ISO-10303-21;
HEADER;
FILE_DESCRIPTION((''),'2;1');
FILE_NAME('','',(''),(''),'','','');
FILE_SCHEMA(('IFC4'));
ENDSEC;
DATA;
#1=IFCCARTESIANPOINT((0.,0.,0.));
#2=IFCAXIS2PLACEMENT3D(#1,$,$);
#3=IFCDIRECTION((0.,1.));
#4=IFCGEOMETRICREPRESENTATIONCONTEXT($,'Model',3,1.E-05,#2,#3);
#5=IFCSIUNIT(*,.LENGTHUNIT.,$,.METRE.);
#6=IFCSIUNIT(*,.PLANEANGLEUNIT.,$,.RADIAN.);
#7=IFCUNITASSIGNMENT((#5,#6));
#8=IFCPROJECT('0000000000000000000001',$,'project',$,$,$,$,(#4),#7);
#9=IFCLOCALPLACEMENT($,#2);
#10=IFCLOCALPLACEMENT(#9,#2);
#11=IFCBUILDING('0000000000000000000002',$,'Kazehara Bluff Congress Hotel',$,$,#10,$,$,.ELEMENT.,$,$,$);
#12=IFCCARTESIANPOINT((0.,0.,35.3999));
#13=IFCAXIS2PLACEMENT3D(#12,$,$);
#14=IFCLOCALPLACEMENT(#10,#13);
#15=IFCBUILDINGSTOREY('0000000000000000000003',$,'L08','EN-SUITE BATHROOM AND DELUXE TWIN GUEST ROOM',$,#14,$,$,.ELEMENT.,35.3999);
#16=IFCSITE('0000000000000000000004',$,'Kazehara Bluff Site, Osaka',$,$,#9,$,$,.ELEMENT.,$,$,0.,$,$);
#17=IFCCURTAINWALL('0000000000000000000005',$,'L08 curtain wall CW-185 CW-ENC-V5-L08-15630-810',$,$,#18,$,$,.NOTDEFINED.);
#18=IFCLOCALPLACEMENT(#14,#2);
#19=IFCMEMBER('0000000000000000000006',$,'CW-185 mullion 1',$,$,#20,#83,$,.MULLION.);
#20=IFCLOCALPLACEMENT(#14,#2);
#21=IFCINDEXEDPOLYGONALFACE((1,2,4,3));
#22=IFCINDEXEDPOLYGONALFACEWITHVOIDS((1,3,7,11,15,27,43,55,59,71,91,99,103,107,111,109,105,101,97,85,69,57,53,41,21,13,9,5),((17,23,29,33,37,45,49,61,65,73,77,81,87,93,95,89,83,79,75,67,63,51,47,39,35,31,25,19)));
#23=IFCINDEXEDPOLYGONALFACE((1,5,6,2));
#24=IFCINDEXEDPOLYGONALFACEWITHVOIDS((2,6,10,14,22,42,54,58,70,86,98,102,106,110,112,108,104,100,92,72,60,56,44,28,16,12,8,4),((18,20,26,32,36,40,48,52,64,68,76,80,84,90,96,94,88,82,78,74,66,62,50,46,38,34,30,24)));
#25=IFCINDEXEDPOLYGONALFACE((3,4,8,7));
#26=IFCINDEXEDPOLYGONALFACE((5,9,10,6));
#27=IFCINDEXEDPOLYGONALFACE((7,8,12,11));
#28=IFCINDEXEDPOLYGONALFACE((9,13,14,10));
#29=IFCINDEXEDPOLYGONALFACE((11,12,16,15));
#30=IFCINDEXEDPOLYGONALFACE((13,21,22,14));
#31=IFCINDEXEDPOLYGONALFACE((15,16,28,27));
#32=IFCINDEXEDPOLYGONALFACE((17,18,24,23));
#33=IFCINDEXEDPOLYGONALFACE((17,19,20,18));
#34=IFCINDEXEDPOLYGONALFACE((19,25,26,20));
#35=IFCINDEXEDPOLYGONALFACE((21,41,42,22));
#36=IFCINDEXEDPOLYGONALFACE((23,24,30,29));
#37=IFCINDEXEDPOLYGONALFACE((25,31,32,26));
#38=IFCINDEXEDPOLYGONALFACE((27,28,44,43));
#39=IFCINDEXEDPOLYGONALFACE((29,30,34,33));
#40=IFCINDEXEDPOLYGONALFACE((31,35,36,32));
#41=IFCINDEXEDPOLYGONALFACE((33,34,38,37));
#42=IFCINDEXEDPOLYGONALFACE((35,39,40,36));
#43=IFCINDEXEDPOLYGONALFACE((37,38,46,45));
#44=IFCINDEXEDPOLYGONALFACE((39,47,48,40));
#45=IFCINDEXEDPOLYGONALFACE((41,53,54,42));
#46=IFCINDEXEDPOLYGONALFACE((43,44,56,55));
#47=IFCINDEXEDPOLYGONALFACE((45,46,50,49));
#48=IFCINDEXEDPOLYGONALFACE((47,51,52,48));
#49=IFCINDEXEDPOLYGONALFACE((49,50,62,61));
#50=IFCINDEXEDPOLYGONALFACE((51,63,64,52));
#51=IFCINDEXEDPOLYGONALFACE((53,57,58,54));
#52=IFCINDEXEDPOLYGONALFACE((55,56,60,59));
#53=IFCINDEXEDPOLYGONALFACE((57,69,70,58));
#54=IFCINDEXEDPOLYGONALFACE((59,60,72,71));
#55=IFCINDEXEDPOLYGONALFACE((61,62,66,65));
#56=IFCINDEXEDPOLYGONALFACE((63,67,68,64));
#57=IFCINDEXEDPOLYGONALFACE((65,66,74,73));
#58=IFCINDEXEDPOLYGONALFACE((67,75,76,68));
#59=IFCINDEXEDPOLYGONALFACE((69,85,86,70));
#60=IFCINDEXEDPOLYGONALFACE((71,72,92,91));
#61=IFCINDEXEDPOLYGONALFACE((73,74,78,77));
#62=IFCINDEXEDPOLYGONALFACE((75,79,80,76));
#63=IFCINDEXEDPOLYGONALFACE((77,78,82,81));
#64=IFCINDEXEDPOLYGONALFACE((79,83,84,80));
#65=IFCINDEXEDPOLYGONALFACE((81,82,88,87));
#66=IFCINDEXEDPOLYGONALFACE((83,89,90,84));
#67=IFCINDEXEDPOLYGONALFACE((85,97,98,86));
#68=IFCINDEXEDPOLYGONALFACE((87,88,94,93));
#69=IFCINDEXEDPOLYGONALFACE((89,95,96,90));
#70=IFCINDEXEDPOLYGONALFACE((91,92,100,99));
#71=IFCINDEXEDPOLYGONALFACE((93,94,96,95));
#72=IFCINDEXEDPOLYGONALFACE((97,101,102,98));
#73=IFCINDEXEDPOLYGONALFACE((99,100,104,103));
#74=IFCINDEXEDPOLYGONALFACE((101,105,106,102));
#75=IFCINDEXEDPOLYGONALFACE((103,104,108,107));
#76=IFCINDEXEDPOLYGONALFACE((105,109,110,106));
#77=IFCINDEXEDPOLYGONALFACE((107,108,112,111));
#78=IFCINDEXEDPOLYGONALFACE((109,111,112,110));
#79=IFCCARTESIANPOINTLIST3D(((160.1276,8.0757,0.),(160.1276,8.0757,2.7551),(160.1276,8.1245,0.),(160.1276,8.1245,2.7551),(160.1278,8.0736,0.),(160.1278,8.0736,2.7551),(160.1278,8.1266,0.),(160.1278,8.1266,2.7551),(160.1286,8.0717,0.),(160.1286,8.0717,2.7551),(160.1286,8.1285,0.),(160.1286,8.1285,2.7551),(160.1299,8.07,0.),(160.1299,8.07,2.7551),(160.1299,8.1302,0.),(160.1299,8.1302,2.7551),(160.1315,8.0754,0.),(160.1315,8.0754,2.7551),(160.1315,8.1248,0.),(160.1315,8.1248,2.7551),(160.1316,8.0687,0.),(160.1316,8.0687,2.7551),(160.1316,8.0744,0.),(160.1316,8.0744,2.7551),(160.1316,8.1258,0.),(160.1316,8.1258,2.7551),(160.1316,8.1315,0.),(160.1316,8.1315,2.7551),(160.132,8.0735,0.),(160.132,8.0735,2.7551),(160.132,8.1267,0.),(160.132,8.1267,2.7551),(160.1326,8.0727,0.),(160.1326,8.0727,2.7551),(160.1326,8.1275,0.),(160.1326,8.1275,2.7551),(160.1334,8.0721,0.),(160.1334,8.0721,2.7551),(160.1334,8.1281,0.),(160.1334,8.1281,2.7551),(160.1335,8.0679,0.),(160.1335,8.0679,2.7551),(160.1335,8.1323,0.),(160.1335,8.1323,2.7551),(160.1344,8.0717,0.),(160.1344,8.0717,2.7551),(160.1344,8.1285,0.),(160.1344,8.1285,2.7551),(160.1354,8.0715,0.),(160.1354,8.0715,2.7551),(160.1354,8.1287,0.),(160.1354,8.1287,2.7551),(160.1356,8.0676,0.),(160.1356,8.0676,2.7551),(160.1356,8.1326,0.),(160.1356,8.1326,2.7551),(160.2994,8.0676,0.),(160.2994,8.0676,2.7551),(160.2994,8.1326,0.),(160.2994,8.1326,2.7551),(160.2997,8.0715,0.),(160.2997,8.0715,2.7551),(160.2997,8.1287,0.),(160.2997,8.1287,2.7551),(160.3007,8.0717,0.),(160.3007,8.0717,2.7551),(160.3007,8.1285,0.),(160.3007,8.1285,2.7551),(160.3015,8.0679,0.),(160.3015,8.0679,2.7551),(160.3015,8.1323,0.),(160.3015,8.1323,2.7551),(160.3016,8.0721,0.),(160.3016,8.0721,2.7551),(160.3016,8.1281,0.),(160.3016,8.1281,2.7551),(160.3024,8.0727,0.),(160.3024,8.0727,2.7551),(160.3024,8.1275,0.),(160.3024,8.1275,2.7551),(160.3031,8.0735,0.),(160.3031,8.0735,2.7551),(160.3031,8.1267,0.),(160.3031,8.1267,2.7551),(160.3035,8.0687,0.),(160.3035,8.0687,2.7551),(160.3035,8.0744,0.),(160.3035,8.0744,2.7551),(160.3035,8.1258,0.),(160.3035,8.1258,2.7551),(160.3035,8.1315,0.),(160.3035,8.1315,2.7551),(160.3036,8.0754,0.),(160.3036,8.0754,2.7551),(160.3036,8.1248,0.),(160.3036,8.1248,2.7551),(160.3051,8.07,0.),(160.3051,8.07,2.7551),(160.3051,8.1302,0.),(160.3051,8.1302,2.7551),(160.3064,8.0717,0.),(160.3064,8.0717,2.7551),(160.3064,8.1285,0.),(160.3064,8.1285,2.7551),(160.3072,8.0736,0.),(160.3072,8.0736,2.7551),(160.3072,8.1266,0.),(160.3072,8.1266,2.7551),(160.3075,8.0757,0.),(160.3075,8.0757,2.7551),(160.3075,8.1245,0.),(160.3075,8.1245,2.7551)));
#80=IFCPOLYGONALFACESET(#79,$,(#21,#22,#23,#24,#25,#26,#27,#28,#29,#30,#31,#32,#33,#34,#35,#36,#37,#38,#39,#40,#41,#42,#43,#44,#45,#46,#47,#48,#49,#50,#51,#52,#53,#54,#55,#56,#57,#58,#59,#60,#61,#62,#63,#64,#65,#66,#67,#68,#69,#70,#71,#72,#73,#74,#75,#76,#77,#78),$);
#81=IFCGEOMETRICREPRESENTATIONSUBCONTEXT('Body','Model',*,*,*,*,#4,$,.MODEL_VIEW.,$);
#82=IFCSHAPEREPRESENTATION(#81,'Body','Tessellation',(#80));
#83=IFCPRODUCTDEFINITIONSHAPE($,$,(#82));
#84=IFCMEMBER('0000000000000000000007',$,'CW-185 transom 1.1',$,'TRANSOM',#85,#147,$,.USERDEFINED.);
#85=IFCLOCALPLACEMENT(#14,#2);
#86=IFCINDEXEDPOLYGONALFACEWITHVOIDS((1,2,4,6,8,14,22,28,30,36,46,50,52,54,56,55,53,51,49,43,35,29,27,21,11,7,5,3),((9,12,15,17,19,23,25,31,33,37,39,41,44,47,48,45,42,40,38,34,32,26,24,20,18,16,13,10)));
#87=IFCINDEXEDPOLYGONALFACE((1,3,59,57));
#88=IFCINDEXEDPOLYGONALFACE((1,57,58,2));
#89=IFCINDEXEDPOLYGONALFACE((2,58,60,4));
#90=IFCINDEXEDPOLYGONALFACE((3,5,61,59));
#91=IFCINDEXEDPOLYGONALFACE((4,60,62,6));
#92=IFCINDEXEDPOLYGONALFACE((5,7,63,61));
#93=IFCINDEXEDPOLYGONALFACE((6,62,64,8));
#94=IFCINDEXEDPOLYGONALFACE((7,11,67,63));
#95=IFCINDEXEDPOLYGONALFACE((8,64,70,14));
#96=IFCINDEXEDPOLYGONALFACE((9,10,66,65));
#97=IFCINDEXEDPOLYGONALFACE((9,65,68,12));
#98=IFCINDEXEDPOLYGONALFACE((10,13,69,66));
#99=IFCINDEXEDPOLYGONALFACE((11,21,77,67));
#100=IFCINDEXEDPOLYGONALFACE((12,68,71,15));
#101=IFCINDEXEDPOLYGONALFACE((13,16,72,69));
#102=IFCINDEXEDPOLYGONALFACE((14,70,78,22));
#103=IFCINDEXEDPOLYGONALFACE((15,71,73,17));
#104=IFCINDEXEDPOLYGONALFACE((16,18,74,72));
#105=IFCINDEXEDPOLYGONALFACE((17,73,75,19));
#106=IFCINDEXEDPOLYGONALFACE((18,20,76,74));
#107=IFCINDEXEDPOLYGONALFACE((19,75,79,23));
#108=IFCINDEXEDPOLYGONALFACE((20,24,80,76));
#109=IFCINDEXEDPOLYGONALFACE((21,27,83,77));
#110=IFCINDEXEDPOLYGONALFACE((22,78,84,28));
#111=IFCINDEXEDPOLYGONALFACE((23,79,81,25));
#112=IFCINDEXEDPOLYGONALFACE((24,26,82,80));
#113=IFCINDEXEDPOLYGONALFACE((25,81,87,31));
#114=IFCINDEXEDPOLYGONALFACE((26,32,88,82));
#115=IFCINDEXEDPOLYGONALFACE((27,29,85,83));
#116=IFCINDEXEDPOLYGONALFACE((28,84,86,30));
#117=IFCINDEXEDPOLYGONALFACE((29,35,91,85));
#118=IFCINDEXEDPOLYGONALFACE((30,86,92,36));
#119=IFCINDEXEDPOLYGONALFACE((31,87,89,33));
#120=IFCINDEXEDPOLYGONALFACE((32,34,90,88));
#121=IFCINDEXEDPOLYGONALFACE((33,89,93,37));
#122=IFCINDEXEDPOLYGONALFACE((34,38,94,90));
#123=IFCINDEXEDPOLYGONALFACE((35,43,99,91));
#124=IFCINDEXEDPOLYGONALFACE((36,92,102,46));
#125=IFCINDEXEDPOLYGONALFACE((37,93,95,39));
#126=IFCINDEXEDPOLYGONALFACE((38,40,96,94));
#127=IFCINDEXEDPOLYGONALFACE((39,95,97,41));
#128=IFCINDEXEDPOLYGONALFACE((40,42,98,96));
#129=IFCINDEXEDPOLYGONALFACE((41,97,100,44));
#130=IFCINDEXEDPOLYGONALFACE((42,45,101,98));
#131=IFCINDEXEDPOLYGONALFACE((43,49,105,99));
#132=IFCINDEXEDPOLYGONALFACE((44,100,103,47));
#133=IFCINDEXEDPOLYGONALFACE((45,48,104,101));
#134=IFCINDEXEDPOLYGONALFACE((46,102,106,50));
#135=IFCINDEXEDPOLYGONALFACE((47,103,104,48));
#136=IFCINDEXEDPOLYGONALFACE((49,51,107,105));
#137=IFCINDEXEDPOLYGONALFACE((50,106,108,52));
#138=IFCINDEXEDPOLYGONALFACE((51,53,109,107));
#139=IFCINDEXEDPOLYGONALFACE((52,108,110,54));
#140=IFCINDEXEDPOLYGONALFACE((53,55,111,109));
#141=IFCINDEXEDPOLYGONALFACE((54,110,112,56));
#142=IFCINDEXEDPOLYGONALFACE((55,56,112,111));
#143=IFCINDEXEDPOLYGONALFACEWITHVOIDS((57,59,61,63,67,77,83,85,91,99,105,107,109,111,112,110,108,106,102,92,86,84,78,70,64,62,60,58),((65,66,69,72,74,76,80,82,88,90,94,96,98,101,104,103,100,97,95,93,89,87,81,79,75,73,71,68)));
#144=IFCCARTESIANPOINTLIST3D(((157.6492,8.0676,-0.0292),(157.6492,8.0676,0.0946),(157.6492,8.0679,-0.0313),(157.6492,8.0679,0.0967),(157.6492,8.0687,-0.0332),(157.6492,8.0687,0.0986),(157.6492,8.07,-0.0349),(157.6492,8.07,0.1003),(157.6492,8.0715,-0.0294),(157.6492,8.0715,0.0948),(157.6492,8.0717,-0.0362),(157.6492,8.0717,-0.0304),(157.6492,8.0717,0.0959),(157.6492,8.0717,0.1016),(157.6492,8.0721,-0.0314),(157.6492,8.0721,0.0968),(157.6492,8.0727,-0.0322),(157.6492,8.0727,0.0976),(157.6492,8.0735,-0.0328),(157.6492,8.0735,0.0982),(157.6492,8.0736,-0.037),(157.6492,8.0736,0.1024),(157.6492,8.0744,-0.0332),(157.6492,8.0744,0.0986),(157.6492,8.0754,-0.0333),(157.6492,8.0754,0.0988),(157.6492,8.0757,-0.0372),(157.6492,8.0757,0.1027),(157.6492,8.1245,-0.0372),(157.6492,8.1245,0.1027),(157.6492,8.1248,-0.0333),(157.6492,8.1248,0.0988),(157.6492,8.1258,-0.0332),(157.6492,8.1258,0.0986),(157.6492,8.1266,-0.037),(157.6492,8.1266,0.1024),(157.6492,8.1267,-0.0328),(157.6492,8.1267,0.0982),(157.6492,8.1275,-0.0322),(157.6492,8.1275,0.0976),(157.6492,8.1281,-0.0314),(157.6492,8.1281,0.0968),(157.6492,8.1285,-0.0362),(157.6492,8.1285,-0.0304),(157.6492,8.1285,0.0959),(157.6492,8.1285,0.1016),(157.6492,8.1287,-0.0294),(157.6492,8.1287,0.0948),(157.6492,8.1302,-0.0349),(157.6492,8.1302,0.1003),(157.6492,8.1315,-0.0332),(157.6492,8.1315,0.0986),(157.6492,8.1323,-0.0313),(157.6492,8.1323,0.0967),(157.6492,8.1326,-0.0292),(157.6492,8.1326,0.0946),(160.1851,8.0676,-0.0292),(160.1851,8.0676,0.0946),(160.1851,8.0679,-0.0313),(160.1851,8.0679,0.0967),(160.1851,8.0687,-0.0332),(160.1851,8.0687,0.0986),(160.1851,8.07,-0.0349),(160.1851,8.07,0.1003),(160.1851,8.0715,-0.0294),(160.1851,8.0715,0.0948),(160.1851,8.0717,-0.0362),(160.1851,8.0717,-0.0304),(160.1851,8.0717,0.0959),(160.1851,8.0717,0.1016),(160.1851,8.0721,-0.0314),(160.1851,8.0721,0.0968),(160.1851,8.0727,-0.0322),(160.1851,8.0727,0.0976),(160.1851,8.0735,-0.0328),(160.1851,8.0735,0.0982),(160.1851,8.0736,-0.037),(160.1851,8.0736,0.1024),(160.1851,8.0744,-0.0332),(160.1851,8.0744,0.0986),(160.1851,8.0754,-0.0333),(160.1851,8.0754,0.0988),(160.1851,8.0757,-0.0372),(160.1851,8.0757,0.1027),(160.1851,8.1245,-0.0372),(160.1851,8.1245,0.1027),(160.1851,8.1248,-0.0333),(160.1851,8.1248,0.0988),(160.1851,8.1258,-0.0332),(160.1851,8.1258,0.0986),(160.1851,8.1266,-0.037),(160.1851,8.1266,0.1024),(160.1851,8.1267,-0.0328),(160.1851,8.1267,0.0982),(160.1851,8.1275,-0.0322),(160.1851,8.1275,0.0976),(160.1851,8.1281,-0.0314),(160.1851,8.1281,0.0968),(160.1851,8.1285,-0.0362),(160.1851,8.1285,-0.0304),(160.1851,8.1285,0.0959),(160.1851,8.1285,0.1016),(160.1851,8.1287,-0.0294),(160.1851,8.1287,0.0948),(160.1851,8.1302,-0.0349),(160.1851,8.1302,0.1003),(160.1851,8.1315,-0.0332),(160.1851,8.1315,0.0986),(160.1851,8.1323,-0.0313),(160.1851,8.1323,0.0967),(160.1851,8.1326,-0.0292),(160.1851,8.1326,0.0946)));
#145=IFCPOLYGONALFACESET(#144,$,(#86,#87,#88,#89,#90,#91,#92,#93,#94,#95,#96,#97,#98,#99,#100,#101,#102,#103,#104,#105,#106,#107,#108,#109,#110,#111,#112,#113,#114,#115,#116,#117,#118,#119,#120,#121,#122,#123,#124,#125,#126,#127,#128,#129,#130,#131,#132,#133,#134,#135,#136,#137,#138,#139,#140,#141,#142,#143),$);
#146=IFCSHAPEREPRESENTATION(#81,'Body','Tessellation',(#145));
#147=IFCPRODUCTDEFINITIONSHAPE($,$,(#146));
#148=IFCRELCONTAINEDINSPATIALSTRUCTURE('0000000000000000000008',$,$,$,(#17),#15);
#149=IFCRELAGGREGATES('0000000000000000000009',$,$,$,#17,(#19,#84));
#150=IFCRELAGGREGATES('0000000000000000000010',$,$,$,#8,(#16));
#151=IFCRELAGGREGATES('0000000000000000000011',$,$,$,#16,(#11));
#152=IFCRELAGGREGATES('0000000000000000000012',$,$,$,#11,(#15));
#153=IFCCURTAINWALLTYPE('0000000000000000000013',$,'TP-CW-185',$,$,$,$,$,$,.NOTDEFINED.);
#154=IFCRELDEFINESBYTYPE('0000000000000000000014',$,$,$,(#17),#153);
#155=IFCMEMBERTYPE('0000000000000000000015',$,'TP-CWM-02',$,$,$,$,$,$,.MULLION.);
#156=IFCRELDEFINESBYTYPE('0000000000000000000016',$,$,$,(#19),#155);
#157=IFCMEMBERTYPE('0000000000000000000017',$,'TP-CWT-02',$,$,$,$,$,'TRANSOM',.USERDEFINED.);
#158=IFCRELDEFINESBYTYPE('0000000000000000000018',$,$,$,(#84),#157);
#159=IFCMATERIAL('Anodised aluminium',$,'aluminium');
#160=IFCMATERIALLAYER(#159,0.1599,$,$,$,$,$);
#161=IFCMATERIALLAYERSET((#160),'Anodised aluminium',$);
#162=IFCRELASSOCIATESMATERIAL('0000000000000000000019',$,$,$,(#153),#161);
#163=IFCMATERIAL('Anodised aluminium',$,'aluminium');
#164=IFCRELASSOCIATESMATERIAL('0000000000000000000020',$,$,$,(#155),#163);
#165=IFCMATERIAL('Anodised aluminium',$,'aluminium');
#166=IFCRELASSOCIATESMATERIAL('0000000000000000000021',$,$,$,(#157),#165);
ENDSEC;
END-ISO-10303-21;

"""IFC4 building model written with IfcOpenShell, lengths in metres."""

from ifc_helpers import new_model, si_unit, direction, frame, origin, origin_2d, place, context, subcontext, project, spatial, hollow_rectangle, extrude, material, layer, layer_set, material_profile, profile_set, type_object, element, aggregate, save


model = new_model("IFC4")

# Units and contexts
model_context = context("Model", 3, precision=1e-05, world=origin(), true_north=direction((0.0, 1.0)))
body_context = subcontext(model_context, "Body", "Model", "MODEL_VIEW")
ifc_project = project(units=[si_unit("LENGTHUNIT", "METRE"), si_unit("PLANEANGLEUNIT", "RADIAN")], contexts=[model_context])

# Site, building, storey
site_placement = place(None, origin())
site = spatial("IfcSite", under=ifc_project, at=site_placement, Name="Kazehara Bluff Site, Osaka", CompositionType="ELEMENT", RefElevation=0.0)
building_placement = place(site_placement, origin())
building = spatial("IfcBuilding", under=site, at=building_placement, Name="Kazehara Bluff Congress Hotel", CompositionType="ELEMENT")
storey_placement = place(building_placement, frame((0.0, 0.0, 35.3999)))
storey = spatial("IfcBuildingStorey", under=building, at=storey_placement, Name="L08", Description="EN-SUITE BATHROOM AND DELUXE TWIN GUEST ROOM", CompositionType="ELEMENT", Elevation=35.3999)

# Curtain wall, members
ifc_material_1 = material(Name="Anodised aluminium", Category="aluminium")
ifc_layer_1 = layer(ifc_material_1, 0.1599)
ifc_layer_set_1 = layer_set([ifc_layer_1], Name="Anodised aluminium")
curtain_wall_type = type_object("IfcCurtainWallType", Name="TP-CW-185", PredefinedType="NOTDEFINED", material=ifc_layer_set_1)
curtain_wall_placement = place(storey_placement, origin())
curtain_wall = element("IfcCurtainWall", 1, at=curtain_wall_placement, inside=storey, type_object=curtain_wall_type, Name="L08 curtain wall CW-185 CW-ENC-V5-L08-15630-810", PredefinedType="NOTDEFINED")
ifc_material_2 = material(Name="Anodised aluminium", Category="aluminium")
ifc_material_profile_1 = material_profile(ifc_material_2, hollow_rectangle(XDim=0.0649, YDim=0.1799, WallThickness=0.0039, InnerFilletRadius=0.0039, OuterFilletRadius=0.0081, at=origin_2d()))
ifc_profile_set_1 = profile_set([ifc_material_profile_1], Name="Anodised aluminium")
member_type_1 = type_object("IfcMemberType", Name="TP-CWM-02", PredefinedType="MULLION", material=ifc_profile_set_1)
member_1_placement = place(storey_placement, frame((160.2175, 8.1001, 0.0), z_axis=(0.0, 0.0, 1.0), x_axis=(0.0, -1.0, 0.0)))
member_1 = element("IfcMember", 2, at=member_1_placement, type_object=member_type_1, Name="CW-185 mullion 1", PredefinedType="MULLION", context=body_context, shape_type="SweptSolid", body=[
    extrude(hollow_rectangle(XDim=0.0649, YDim=0.1799, WallThickness=0.0039, InnerFilletRadius=0.0039, OuterFilletRadius=0.0081, at=origin_2d()), origin(), (0.0, 0.0, 1.0), 2.7551),
])
ifc_material_3 = material(Name="Anodised aluminium", Category="aluminium")
ifc_material_profile_2 = material_profile(ifc_material_3, hollow_rectangle(XDim=0.0649, YDim=0.1399, WallThickness=0.0039, InnerFilletRadius=0.0039, OuterFilletRadius=0.0081, at=origin_2d()))
ifc_profile_set_2 = profile_set([ifc_material_profile_2], Name="Anodised aluminium")
member_type_2 = type_object("IfcMemberType", Name="TP-CWT-02", ElementType="TRANSOM", PredefinedType="USERDEFINED", material=ifc_profile_set_2)
member_2_placement = place(storey_placement, frame((160.1851, 8.1001, 0.0327), z_axis=(-1.0, 0.0, 0.0), x_axis=(0.0, -1.0, 0.0)))
member_2 = element("IfcMember", 3, at=member_2_placement, type_object=member_type_2, Name="CW-185 transom 1.1", ObjectType="TRANSOM", PredefinedType="USERDEFINED", context=body_context, shape_type="SweptSolid", body=[
    extrude(hollow_rectangle(XDim=0.0649, YDim=0.1399, WallThickness=0.0039, InnerFilletRadius=0.0039, OuterFilletRadius=0.0081, at=origin_2d()), origin(), (0.0, 0.0, 1.0), 2.5359),
])
aggregate(curtain_wall, [member_1, member_2])

save(model, "model.ifc")
